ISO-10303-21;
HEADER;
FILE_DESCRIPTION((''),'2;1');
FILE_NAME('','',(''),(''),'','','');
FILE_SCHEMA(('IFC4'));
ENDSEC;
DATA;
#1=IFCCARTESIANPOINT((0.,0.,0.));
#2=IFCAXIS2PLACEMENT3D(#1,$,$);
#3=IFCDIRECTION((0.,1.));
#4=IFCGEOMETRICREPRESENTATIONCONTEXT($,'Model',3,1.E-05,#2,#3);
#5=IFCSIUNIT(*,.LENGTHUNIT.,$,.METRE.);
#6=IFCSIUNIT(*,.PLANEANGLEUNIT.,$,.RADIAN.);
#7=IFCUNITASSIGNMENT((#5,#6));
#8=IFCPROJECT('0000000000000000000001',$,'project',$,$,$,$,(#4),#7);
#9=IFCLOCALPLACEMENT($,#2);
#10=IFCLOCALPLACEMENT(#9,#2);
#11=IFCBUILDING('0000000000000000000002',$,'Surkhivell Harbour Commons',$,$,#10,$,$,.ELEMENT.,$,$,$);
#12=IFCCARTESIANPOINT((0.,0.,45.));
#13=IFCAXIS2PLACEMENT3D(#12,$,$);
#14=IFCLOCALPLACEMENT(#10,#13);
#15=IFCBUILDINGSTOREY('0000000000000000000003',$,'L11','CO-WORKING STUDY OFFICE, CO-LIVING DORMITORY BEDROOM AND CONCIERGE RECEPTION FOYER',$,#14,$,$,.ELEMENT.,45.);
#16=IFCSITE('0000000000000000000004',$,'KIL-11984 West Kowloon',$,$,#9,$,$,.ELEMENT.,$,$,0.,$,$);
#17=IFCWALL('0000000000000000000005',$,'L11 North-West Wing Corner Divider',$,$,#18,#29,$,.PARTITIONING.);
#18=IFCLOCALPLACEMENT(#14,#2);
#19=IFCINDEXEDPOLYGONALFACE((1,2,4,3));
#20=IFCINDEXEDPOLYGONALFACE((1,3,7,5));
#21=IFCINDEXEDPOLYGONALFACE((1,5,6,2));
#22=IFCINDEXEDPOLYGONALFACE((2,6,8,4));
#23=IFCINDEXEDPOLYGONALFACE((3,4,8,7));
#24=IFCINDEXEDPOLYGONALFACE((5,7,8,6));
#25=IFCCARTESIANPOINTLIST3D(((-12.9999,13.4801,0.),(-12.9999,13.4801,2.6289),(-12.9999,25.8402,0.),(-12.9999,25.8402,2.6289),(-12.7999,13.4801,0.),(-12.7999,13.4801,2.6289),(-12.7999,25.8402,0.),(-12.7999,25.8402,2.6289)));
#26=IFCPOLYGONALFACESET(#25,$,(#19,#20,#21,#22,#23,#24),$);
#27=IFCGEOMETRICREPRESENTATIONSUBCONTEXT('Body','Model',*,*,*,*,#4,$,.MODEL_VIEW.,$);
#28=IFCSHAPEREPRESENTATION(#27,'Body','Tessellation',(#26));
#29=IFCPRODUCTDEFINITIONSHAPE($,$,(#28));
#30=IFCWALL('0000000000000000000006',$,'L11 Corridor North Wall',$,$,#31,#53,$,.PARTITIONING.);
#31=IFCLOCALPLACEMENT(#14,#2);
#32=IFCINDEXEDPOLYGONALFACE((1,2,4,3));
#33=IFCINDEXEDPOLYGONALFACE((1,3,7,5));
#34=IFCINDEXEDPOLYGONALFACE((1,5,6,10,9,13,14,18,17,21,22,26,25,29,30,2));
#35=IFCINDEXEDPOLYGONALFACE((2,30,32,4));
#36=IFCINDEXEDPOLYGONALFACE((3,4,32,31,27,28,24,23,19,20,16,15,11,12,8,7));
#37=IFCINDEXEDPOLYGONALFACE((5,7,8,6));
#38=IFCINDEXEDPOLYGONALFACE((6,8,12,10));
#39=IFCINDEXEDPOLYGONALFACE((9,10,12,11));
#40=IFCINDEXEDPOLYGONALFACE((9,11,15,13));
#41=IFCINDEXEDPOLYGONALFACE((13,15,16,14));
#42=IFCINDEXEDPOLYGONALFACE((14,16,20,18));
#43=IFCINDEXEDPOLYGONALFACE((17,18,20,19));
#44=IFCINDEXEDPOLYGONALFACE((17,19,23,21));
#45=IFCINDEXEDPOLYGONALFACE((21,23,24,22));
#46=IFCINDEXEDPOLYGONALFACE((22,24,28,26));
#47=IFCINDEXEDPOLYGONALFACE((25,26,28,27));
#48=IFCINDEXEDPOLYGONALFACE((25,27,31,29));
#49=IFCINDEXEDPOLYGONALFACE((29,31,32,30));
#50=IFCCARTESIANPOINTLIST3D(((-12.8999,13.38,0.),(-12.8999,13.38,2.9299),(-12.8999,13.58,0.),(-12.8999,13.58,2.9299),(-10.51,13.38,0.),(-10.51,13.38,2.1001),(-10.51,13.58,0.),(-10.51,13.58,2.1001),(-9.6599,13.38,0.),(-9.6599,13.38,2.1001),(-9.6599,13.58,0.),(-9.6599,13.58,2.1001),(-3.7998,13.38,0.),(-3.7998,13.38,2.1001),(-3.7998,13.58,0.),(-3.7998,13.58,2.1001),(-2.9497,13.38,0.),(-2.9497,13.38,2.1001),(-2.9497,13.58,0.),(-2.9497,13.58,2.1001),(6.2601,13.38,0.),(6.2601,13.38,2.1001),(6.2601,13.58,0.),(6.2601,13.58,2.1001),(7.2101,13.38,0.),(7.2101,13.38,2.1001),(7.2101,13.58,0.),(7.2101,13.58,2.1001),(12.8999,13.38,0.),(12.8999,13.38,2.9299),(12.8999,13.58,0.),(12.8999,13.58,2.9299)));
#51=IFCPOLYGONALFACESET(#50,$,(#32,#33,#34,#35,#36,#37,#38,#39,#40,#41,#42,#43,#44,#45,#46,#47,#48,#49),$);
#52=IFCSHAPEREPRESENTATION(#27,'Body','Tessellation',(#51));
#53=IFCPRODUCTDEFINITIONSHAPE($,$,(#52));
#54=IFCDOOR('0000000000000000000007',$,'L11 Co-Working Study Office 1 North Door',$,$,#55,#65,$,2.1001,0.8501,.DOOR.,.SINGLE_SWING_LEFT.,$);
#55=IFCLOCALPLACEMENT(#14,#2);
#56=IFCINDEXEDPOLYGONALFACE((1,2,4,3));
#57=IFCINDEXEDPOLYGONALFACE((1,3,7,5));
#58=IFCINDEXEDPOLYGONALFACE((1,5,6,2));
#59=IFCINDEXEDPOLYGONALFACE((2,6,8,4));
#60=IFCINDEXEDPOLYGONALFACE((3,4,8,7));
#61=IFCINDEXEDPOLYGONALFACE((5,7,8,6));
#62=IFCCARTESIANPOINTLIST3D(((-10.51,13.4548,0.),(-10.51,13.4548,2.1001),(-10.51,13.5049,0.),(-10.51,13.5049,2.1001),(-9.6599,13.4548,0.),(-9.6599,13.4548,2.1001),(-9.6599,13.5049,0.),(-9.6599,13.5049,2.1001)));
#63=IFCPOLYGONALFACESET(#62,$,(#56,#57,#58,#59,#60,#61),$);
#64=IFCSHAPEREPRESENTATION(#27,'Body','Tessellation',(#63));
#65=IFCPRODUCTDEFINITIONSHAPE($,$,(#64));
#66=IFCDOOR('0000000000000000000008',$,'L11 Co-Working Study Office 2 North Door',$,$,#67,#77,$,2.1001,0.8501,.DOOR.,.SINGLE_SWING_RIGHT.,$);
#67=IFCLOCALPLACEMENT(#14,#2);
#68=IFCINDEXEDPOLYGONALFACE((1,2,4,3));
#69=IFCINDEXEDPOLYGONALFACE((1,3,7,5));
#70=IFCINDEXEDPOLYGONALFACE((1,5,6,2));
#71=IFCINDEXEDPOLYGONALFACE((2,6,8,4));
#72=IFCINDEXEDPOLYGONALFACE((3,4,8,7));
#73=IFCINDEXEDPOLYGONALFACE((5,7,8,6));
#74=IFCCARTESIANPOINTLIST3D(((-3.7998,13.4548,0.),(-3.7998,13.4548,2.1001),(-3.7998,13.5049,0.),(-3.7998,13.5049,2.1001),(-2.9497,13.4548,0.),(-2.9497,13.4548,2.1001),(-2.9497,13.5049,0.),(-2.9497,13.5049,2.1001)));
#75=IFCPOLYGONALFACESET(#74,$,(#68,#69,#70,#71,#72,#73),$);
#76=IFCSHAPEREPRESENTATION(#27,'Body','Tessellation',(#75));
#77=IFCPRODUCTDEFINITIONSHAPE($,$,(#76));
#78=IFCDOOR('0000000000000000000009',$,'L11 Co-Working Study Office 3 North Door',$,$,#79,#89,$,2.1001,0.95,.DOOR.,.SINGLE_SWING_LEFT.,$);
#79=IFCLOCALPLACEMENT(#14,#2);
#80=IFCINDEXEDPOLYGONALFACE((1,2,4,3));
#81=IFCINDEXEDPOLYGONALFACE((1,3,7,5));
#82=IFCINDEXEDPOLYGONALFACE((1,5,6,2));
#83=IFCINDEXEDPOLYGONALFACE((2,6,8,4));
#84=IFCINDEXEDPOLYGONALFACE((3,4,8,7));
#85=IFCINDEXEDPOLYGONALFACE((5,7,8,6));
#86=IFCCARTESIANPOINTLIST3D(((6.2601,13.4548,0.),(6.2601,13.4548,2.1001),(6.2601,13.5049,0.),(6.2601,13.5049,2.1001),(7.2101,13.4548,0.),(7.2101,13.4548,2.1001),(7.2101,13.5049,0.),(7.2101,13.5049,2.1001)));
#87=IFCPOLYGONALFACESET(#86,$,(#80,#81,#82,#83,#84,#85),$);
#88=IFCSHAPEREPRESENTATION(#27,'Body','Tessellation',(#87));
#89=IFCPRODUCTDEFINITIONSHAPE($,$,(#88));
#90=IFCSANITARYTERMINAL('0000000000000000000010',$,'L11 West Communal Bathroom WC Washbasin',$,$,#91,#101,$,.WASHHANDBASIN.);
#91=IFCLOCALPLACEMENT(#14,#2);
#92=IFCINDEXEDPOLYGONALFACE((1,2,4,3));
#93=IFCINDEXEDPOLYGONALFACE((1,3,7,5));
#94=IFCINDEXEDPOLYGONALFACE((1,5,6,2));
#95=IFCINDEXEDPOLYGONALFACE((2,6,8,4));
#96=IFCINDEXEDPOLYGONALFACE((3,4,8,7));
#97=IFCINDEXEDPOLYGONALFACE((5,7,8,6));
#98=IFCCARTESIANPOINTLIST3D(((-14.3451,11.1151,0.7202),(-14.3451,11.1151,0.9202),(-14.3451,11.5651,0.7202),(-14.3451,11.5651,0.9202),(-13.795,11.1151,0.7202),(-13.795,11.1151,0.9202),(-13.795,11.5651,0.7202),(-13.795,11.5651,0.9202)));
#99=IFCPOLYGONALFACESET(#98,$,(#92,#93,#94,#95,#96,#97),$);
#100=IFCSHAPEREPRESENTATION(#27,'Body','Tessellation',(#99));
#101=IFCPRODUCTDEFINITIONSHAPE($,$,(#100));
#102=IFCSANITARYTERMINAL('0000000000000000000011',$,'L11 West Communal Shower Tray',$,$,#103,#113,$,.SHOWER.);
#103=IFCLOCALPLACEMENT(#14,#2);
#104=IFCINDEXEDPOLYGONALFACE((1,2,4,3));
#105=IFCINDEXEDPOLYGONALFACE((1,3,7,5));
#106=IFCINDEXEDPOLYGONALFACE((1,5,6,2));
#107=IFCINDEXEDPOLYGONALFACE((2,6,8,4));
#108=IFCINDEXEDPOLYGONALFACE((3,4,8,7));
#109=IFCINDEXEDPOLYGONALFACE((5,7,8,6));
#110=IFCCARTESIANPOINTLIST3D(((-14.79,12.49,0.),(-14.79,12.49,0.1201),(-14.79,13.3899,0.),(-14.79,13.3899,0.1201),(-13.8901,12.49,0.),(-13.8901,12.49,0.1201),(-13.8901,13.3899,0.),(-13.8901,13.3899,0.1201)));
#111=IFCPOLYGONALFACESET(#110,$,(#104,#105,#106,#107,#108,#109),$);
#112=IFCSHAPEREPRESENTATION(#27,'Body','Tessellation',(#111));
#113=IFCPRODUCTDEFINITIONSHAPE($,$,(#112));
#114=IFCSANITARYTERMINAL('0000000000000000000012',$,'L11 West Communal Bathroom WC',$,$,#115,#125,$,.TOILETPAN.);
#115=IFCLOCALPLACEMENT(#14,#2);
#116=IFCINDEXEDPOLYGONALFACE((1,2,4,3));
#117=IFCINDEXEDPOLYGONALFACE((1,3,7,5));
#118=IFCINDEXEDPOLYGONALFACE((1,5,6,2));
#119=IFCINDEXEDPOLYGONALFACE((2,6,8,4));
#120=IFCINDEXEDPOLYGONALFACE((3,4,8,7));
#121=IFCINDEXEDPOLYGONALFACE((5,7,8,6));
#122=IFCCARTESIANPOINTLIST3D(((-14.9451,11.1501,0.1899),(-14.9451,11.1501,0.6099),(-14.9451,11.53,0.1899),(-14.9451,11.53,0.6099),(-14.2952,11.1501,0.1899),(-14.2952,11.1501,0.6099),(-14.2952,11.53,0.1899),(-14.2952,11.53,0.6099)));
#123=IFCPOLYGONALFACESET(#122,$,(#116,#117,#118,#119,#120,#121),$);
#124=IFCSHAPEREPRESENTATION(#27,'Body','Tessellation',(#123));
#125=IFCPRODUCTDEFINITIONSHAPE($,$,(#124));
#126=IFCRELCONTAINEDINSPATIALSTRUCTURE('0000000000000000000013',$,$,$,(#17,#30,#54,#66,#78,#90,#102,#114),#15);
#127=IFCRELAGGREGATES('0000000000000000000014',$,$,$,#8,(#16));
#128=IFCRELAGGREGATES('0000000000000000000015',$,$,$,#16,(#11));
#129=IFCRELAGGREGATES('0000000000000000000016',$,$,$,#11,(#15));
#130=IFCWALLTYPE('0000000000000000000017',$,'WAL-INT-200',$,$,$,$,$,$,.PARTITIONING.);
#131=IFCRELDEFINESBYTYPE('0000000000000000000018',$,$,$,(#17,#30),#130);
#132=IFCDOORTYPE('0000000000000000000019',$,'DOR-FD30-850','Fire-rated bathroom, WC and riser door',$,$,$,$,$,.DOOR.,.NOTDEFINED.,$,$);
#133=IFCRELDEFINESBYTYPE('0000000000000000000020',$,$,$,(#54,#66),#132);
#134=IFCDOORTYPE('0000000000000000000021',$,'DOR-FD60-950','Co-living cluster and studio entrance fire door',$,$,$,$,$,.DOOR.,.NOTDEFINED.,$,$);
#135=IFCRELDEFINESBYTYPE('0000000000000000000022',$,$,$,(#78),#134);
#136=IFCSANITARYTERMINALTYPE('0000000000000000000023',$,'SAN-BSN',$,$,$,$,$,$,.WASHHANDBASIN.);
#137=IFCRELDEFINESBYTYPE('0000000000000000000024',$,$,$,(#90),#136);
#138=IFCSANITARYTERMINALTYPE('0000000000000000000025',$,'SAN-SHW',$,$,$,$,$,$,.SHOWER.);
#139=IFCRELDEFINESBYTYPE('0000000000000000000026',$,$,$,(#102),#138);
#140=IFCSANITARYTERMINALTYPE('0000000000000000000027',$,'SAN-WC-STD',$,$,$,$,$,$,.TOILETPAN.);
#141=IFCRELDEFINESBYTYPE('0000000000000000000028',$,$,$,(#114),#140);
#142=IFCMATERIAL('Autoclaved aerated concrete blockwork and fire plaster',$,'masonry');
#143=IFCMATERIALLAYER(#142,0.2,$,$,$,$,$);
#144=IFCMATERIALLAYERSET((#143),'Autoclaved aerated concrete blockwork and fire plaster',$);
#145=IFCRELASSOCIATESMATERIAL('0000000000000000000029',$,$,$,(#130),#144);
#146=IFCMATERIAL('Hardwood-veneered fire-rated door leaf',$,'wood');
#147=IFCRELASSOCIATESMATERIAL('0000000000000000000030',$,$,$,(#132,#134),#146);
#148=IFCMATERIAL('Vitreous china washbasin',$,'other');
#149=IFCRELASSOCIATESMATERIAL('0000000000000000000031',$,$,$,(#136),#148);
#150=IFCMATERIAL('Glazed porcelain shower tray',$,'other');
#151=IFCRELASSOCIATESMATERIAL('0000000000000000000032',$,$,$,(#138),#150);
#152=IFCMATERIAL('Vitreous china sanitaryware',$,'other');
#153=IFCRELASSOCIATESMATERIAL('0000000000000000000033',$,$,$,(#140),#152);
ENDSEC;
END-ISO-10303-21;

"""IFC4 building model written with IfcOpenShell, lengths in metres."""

from ifc_helpers import new_model, si_unit, direction, frame, frame_2d, origin, origin_2d, place, context, subcontext, project, spatial, rectangle, extrude, material, layer, layer_set, type_object, element, fill, save


model = new_model("IFC4")

# Units and contexts
model_context = context("Model", 3, precision=1e-05, world=origin(), true_north=direction((0.0, 1.0)))
body_context = subcontext(model_context, "Body", "Model", "MODEL_VIEW")
ifc_project = project(units=[si_unit("LENGTHUNIT", "METRE"), si_unit("PLANEANGLEUNIT", "RADIAN")], contexts=[model_context])

# Site, building, storey
site_placement = place(None, origin())
site = spatial("IfcSite", under=ifc_project, at=site_placement, Name="KIL-11984 West Kowloon", CompositionType="ELEMENT", RefElevation=0.0)
building_placement = place(site_placement, origin())
building = spatial("IfcBuilding", under=site, at=building_placement, Name="Surkhivell Harbour Commons", CompositionType="ELEMENT")
storey_placement = place(building_placement, frame((0.0, 0.0, 45.0)))
storey = spatial("IfcBuildingStorey", under=building, at=storey_placement, Name="L11", Description="CO-WORKING STUDY OFFICE, CO-LIVING DORMITORY BEDROOM AND CONCIERGE RECEPTION FOYER", CompositionType="ELEMENT", Elevation=45.0)

# Shared definitions
ifc_material_1 = material(Name="Hardwood-veneered fire-rated door leaf", Category="wood")

# Wall
ifc_material_2 = material(Name="Autoclaved aerated concrete blockwork and fire plaster", Category="masonry")
ifc_layer_1 = layer(ifc_material_2, 0.2)
ifc_layer_set_1 = layer_set([ifc_layer_1], Name="Autoclaved aerated concrete blockwork and fire plaster")
wall_type_1 = type_object("IfcWallType", Name="WAL-INT-200", PredefinedType="PARTITIONING", material=ifc_layer_set_1)
wall_1_placement = place(storey_placement, frame((-12.8999, 13.48, 0.0), z_axis=(0.0, 0.0, 1.0), x_axis=(0.0, 1.0, 0.0)))
element("IfcWall", 1, at=wall_1_placement, inside=storey, type_object=wall_type_1, Name="L11 North-West Wing Corner Divider", PredefinedType="PARTITIONING", context=body_context, shape_type="SweptSolid", body=[
    extrude(rectangle(XDim=12.3601, YDim=0.2, at=frame_2d((6.1802, 0.0))), origin(), (0.0, 0.0, 1.0), 2.6289),
])

# Wall, openings, doors
wall_2_placement = place(storey_placement, frame((-12.8999, 13.48, 0.0), z_axis=(0.0, 0.0, 1.0), x_axis=(1.0, 0.0, 0.0)))
wall_2 = element("IfcWall", 2, at=wall_2_placement, inside=storey, type_object=wall_type_1, Name="L11 Corridor North Wall", PredefinedType="PARTITIONING", context=body_context, shape_type="SweptSolid", body=[
    extrude(rectangle(XDim=25.7998, YDim=0.2, at=frame_2d((12.8999, 0.0))), origin(), (0.0, 0.0, 1.0), 2.9299),
])
opening_1_placement = place(wall_2_placement, frame((2.3899, 0.0, 0.0)))
opening_1 = element("IfcOpeningElement", 3, at=opening_1_placement, cuts=wall_2, PredefinedType="OPENING", context=body_context, shape_type="SweptSolid", body=[
    extrude(rectangle(XDim=0.8501, YDim=2.1001, at=frame_2d((0.425, 1.05))), frame((0.0, 0.1099, 0.0), z_axis=(0.0, -1.0, 0.0), x_axis=(1.0, 0.0, 0.0)), (0.0, 0.0, 1.0), 0.22),
])
opening_2_placement = place(wall_2_placement, frame((9.1001, 0.0, 0.0)))
opening_2 = element("IfcOpeningElement", 4, at=opening_2_placement, cuts=wall_2, PredefinedType="OPENING", context=body_context, shape_type="SweptSolid", body=[
    extrude(rectangle(XDim=0.8501, YDim=2.1001, at=frame_2d((0.425, 1.05))), frame((0.0, 0.1099, 0.0), z_axis=(0.0, -1.0, 0.0), x_axis=(1.0, 0.0, 0.0)), (0.0, 0.0, 1.0), 0.22),
])
opening_3_placement = place(wall_2_placement, frame((19.1599, 0.0, 0.0)))
opening_3 = element("IfcOpeningElement", 5, at=opening_3_placement, cuts=wall_2, PredefinedType="OPENING", context=body_context, shape_type="SweptSolid", body=[
    extrude(rectangle(XDim=0.95, YDim=2.1001, at=frame_2d((0.4751, 1.05))), frame((0.0, 0.1099, 0.0), z_axis=(0.0, -1.0, 0.0), x_axis=(1.0, 0.0, 0.0)), (0.0, 0.0, 1.0), 0.22),
])
door_type_1 = type_object("IfcDoorType", Name="DOR-FD30-850", Description="Fire-rated bathroom, WC and riser door", OperationType="NOTDEFINED", PredefinedType="DOOR", material=ifc_material_1)
door_1_placement = place(opening_1_placement, origin())
door_1 = element("IfcDoor", 6, at=door_1_placement, inside=storey, type_object=door_type_1, Name="L11 Co-Working Study Office 1 North Door", OperationType="SINGLE_SWING_LEFT", OverallHeight=2.1001, OverallWidth=0.8501, PredefinedType="DOOR", context=body_context, shape_type="SweptSolid", body=[
    extrude(rectangle(XDim=0.8501, YDim=2.1001, at=frame_2d((0.425, 1.05))), frame((0.0, 0.0249, 0.0), z_axis=(0.0, -1.0, 0.0), x_axis=(1.0, 0.0, 0.0)), (0.0, 0.0, 1.0), 0.05),
])
fill(opening_1, door_1)
door_2_placement = place(opening_2_placement, origin())
door_2 = element("IfcDoor", 7, at=door_2_placement, inside=storey, type_object=door_type_1, Name="L11 Co-Working Study Office 2 North Door", OperationType="SINGLE_SWING_RIGHT", OverallHeight=2.1001, OverallWidth=0.8501, PredefinedType="DOOR", context=body_context, shape_type="SweptSolid", body=[
    extrude(rectangle(XDim=0.8501, YDim=2.1001, at=frame_2d((0.425, 1.05))), frame((0.0, 0.0249, 0.0), z_axis=(0.0, -1.0, 0.0), x_axis=(1.0, 0.0, 0.0)), (0.0, 0.0, 1.0), 0.05),
])
fill(opening_2, door_2)
door_type_2 = type_object("IfcDoorType", Name="DOR-FD60-950", Description="Co-living cluster and studio entrance fire door", OperationType="NOTDEFINED", PredefinedType="DOOR", material=ifc_material_1)
door_3_placement = place(opening_3_placement, origin())
door_3 = element("IfcDoor", 8, at=door_3_placement, inside=storey, type_object=door_type_2, Name="L11 Co-Working Study Office 3 North Door", OperationType="SINGLE_SWING_LEFT", OverallHeight=2.1001, OverallWidth=0.95, PredefinedType="DOOR", context=body_context, shape_type="SweptSolid", body=[
    extrude(rectangle(XDim=0.95, YDim=2.1001, at=frame_2d((0.4751, 1.05))), frame((0.0, 0.0249, 0.0), z_axis=(0.0, -1.0, 0.0), x_axis=(1.0, 0.0, 0.0)), (0.0, 0.0, 1.0), 0.05),
])
fill(opening_3, door_3)

# Sanitary terminals
ifc_material_3 = material(Name="Vitreous china washbasin", Category="other")
sanitary_terminal_type_1 = type_object("IfcSanitaryTerminalType", Name="SAN-BSN", PredefinedType="WASHHANDBASIN", material=ifc_material_3)
sanitary_terminal_1_placement = place(storey_placement, frame((-14.0701, 11.3401, 0.7202), z_axis=(0.0, 0.0, 1.0), x_axis=(1.0, 0.0, 0.0)))
element("IfcSanitaryTerminal", 9, at=sanitary_terminal_1_placement, inside=storey, type_object=sanitary_terminal_type_1, Name="L11 West Communal Bathroom WC Washbasin", PredefinedType="WASHHANDBASIN", context=body_context, shape_type="SweptSolid", body=[
    extrude(rectangle(XDim=0.55, YDim=0.45, at=origin_2d()), origin(), (0.0, 0.0, 1.0), 0.2),
])
ifc_material_4 = material(Name="Glazed porcelain shower tray", Category="other")
sanitary_terminal_type_2 = type_object("IfcSanitaryTerminalType", Name="SAN-SHW", PredefinedType="SHOWER", material=ifc_material_4)
sanitary_terminal_2_placement = place(storey_placement, frame((-14.3401, 12.9399, 0.0), z_axis=(0.0, 0.0, 1.0), x_axis=(1.0, 0.0, 0.0)))
element("IfcSanitaryTerminal", 10, at=sanitary_terminal_2_placement, inside=storey, type_object=sanitary_terminal_type_2, Name="L11 West Communal Shower Tray", PredefinedType="SHOWER", context=body_context, shape_type="SweptSolid", body=[
    extrude(rectangle(XDim=0.8999, YDim=0.8999, at=origin_2d()), origin(), (0.0, 0.0, 1.0), 0.1201),
])
ifc_material_5 = material(Name="Vitreous china sanitaryware", Category="other")
sanitary_terminal_type_3 = type_object("IfcSanitaryTerminalType", Name="SAN-WC-STD", PredefinedType="TOILETPAN", material=ifc_material_5)
sanitary_terminal_3_placement = place(storey_placement, frame((-14.6201, 11.3401, 0.1899), z_axis=(0.0, 0.0, 1.0), x_axis=(1.0, 0.0, 0.0)))
element("IfcSanitaryTerminal", 11, at=sanitary_terminal_3_placement, inside=storey, type_object=sanitary_terminal_type_3, Name="L11 West Communal Bathroom WC", PredefinedType="TOILETPAN", context=body_context, shape_type="SweptSolid", body=[
    extrude(rectangle(XDim=0.6499, YDim=0.3799, at=origin_2d()), origin(), (0.0, 0.0, 1.0), 0.4199),
])

save(model, "model.ifc")
